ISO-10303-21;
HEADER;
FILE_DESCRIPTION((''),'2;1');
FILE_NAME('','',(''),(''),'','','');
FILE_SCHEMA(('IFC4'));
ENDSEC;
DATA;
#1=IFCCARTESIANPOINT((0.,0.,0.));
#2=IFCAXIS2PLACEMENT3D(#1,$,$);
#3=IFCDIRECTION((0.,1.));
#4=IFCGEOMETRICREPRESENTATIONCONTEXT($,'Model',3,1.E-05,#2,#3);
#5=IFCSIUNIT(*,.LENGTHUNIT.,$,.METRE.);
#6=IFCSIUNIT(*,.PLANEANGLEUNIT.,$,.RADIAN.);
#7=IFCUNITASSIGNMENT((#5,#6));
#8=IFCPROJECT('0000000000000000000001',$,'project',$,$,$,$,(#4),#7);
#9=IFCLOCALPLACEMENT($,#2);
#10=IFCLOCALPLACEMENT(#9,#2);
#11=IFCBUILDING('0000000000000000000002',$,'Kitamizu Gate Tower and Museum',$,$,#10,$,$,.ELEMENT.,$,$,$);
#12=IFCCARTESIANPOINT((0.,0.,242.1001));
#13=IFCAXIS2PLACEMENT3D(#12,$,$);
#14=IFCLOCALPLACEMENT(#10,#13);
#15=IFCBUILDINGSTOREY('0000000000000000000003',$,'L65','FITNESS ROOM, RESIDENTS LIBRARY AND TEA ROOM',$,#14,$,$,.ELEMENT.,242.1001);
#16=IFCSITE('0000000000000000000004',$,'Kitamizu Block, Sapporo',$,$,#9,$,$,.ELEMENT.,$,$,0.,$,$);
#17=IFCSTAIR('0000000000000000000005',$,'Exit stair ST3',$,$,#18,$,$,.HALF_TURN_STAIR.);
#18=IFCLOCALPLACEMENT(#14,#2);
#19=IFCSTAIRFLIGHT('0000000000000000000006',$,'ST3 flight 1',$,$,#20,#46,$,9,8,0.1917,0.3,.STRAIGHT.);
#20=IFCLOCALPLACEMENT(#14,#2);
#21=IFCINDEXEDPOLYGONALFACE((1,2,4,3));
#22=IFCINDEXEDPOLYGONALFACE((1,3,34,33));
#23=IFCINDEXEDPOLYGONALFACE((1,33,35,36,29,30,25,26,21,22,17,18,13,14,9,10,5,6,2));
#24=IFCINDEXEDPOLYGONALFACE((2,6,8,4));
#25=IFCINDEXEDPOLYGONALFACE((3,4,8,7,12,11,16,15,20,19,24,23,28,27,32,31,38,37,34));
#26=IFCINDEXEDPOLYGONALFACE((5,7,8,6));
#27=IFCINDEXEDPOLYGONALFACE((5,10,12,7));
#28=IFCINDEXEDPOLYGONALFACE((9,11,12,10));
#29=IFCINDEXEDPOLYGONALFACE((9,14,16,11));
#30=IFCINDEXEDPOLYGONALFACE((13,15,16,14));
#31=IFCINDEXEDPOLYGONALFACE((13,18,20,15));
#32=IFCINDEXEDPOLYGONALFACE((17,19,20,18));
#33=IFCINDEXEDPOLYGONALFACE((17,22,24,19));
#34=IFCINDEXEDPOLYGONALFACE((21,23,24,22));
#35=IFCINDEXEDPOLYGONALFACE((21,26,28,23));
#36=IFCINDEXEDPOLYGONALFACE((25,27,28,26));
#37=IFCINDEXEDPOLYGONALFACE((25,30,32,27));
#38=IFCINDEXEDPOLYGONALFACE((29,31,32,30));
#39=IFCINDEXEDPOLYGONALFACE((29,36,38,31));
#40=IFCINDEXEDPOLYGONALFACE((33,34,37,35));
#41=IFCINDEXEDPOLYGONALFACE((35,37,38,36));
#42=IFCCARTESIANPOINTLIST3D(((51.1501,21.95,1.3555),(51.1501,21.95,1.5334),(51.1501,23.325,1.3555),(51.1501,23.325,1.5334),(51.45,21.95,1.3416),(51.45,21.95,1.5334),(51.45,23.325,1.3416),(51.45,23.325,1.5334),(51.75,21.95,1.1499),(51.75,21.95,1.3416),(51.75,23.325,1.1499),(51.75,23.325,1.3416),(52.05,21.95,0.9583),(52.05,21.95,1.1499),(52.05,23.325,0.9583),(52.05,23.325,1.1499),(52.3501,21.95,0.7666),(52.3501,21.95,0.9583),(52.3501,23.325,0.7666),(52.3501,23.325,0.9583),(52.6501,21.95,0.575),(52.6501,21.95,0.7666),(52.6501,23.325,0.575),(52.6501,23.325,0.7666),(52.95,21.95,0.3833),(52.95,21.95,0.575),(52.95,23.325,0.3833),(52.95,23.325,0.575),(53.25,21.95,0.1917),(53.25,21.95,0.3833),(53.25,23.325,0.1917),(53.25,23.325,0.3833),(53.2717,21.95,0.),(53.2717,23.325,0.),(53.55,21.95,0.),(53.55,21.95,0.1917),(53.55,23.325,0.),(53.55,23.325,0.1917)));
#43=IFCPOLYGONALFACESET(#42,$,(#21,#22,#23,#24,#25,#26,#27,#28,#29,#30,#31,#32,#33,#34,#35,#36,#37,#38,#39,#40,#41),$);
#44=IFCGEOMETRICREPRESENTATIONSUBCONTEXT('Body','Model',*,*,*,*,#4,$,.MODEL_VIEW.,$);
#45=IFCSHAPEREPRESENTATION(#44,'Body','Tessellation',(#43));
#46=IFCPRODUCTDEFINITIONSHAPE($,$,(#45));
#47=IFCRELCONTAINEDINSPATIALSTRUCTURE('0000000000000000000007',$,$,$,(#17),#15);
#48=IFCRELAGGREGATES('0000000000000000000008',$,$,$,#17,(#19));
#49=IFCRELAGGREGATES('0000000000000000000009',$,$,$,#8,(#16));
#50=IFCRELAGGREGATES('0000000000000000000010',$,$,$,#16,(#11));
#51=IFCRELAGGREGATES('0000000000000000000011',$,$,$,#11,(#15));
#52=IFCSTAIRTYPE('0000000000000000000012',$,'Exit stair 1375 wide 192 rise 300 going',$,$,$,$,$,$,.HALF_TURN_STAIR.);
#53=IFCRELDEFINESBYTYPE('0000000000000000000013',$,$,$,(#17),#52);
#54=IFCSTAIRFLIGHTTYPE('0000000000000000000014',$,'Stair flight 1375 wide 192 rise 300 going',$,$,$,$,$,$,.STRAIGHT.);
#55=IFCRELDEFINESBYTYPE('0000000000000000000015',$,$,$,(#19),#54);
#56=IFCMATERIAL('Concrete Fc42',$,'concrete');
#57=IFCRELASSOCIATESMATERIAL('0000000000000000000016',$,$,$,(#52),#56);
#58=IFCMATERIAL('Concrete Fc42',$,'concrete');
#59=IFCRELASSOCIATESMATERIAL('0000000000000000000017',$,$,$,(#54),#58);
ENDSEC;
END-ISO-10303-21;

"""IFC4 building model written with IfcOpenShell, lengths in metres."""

from ifc_helpers import new_model, si_unit, direction, frame, origin, place, context, subcontext, project, spatial, polyline, outline, extrude, material, type_object, element, aggregate, save


model = new_model("IFC4")

# Units and contexts
model_context = context("Model", 3, precision=1e-05, world=origin(), true_north=direction((0.0, 1.0)))
body_context = subcontext(model_context, "Body", "Model", "MODEL_VIEW")
ifc_project = project(units=[si_unit("LENGTHUNIT", "METRE"), si_unit("PLANEANGLEUNIT", "RADIAN")], contexts=[model_context])

# Site, building, storey
site_placement = place(None, origin())
site = spatial("IfcSite", under=ifc_project, at=site_placement, Name="Kitamizu Block, Sapporo", CompositionType="ELEMENT", RefElevation=0.0)
building_placement = place(site_placement, origin())
building = spatial("IfcBuilding", under=site, at=building_placement, Name="Kitamizu Gate Tower and Museum", CompositionType="ELEMENT")
storey_placement = place(building_placement, frame((0.0, 0.0, 242.1001)))
storey = spatial("IfcBuildingStorey", under=building, at=storey_placement, Name="L65", Description="FITNESS ROOM, RESIDENTS LIBRARY AND TEA ROOM", CompositionType="ELEMENT", Elevation=242.1001)

# Stair, stair flight
ifc_material_1 = material(Name="Concrete Fc42", Category="concrete")
stair_type = type_object("IfcStairType", Name="Exit stair 1375 wide 192 rise 300 going", PredefinedType="HALF_TURN_STAIR", material=ifc_material_1)
stair_placement = place(storey_placement, origin())
stair = element("IfcStair", 1, at=stair_placement, inside=storey, type_object=stair_type, Name="Exit stair ST3", PredefinedType="HALF_TURN_STAIR")
ifc_material_2 = material(Name="Concrete Fc42", Category="concrete")
stair_flight_type = type_object("IfcStairFlightType", Name="Stair flight 1375 wide 192 rise 300 going", PredefinedType="STRAIGHT", material=ifc_material_2)
stair_flight_placement = place(storey_placement, frame((53.55, 22.6375, 0.0), z_axis=(0.0, 0.0, 1.0), x_axis=(-1.0, 0.0, 0.0)))
stair_flight = element("IfcStairFlight", 2, at=stair_flight_placement, type_object=stair_flight_type, Name="ST3 flight 1", NumberOfRisers=9, NumberOfTreads=8, PredefinedType="STRAIGHT", RiserHeight=0.1917, TreadLength=0.3, context=body_context, shape_type="SweptSolid", body=[
    extrude(outline(polyline([(0.0, 0.0), (0.0, 0.1917), (0.3, 0.1917), (0.3, 0.3833), (0.6001, 0.3833), (0.6001, 0.575), (0.8999, 0.575), (0.8999, 0.7666), (1.2, 0.7666), (1.2, 0.9583), (1.5, 0.9583), (1.5, 1.1499), (1.8, 1.1499), (1.8, 1.3416), (2.1001, 1.3416), (2.1001, 1.5334), (2.3999, 1.5334), (2.3999, 1.7251), (2.3999, 1.3555), (0.2783, 0.0), (0.0, 0.0)])), frame((0.0, 0.6875, 0.0), z_axis=(0.0, -1.0, 0.0), x_axis=(1.0, 0.0, 0.0)), (0.0, 0.0, 1.0), 1.375),
])
aggregate(stair, [stair_flight])

save(model, "model.ifc")
